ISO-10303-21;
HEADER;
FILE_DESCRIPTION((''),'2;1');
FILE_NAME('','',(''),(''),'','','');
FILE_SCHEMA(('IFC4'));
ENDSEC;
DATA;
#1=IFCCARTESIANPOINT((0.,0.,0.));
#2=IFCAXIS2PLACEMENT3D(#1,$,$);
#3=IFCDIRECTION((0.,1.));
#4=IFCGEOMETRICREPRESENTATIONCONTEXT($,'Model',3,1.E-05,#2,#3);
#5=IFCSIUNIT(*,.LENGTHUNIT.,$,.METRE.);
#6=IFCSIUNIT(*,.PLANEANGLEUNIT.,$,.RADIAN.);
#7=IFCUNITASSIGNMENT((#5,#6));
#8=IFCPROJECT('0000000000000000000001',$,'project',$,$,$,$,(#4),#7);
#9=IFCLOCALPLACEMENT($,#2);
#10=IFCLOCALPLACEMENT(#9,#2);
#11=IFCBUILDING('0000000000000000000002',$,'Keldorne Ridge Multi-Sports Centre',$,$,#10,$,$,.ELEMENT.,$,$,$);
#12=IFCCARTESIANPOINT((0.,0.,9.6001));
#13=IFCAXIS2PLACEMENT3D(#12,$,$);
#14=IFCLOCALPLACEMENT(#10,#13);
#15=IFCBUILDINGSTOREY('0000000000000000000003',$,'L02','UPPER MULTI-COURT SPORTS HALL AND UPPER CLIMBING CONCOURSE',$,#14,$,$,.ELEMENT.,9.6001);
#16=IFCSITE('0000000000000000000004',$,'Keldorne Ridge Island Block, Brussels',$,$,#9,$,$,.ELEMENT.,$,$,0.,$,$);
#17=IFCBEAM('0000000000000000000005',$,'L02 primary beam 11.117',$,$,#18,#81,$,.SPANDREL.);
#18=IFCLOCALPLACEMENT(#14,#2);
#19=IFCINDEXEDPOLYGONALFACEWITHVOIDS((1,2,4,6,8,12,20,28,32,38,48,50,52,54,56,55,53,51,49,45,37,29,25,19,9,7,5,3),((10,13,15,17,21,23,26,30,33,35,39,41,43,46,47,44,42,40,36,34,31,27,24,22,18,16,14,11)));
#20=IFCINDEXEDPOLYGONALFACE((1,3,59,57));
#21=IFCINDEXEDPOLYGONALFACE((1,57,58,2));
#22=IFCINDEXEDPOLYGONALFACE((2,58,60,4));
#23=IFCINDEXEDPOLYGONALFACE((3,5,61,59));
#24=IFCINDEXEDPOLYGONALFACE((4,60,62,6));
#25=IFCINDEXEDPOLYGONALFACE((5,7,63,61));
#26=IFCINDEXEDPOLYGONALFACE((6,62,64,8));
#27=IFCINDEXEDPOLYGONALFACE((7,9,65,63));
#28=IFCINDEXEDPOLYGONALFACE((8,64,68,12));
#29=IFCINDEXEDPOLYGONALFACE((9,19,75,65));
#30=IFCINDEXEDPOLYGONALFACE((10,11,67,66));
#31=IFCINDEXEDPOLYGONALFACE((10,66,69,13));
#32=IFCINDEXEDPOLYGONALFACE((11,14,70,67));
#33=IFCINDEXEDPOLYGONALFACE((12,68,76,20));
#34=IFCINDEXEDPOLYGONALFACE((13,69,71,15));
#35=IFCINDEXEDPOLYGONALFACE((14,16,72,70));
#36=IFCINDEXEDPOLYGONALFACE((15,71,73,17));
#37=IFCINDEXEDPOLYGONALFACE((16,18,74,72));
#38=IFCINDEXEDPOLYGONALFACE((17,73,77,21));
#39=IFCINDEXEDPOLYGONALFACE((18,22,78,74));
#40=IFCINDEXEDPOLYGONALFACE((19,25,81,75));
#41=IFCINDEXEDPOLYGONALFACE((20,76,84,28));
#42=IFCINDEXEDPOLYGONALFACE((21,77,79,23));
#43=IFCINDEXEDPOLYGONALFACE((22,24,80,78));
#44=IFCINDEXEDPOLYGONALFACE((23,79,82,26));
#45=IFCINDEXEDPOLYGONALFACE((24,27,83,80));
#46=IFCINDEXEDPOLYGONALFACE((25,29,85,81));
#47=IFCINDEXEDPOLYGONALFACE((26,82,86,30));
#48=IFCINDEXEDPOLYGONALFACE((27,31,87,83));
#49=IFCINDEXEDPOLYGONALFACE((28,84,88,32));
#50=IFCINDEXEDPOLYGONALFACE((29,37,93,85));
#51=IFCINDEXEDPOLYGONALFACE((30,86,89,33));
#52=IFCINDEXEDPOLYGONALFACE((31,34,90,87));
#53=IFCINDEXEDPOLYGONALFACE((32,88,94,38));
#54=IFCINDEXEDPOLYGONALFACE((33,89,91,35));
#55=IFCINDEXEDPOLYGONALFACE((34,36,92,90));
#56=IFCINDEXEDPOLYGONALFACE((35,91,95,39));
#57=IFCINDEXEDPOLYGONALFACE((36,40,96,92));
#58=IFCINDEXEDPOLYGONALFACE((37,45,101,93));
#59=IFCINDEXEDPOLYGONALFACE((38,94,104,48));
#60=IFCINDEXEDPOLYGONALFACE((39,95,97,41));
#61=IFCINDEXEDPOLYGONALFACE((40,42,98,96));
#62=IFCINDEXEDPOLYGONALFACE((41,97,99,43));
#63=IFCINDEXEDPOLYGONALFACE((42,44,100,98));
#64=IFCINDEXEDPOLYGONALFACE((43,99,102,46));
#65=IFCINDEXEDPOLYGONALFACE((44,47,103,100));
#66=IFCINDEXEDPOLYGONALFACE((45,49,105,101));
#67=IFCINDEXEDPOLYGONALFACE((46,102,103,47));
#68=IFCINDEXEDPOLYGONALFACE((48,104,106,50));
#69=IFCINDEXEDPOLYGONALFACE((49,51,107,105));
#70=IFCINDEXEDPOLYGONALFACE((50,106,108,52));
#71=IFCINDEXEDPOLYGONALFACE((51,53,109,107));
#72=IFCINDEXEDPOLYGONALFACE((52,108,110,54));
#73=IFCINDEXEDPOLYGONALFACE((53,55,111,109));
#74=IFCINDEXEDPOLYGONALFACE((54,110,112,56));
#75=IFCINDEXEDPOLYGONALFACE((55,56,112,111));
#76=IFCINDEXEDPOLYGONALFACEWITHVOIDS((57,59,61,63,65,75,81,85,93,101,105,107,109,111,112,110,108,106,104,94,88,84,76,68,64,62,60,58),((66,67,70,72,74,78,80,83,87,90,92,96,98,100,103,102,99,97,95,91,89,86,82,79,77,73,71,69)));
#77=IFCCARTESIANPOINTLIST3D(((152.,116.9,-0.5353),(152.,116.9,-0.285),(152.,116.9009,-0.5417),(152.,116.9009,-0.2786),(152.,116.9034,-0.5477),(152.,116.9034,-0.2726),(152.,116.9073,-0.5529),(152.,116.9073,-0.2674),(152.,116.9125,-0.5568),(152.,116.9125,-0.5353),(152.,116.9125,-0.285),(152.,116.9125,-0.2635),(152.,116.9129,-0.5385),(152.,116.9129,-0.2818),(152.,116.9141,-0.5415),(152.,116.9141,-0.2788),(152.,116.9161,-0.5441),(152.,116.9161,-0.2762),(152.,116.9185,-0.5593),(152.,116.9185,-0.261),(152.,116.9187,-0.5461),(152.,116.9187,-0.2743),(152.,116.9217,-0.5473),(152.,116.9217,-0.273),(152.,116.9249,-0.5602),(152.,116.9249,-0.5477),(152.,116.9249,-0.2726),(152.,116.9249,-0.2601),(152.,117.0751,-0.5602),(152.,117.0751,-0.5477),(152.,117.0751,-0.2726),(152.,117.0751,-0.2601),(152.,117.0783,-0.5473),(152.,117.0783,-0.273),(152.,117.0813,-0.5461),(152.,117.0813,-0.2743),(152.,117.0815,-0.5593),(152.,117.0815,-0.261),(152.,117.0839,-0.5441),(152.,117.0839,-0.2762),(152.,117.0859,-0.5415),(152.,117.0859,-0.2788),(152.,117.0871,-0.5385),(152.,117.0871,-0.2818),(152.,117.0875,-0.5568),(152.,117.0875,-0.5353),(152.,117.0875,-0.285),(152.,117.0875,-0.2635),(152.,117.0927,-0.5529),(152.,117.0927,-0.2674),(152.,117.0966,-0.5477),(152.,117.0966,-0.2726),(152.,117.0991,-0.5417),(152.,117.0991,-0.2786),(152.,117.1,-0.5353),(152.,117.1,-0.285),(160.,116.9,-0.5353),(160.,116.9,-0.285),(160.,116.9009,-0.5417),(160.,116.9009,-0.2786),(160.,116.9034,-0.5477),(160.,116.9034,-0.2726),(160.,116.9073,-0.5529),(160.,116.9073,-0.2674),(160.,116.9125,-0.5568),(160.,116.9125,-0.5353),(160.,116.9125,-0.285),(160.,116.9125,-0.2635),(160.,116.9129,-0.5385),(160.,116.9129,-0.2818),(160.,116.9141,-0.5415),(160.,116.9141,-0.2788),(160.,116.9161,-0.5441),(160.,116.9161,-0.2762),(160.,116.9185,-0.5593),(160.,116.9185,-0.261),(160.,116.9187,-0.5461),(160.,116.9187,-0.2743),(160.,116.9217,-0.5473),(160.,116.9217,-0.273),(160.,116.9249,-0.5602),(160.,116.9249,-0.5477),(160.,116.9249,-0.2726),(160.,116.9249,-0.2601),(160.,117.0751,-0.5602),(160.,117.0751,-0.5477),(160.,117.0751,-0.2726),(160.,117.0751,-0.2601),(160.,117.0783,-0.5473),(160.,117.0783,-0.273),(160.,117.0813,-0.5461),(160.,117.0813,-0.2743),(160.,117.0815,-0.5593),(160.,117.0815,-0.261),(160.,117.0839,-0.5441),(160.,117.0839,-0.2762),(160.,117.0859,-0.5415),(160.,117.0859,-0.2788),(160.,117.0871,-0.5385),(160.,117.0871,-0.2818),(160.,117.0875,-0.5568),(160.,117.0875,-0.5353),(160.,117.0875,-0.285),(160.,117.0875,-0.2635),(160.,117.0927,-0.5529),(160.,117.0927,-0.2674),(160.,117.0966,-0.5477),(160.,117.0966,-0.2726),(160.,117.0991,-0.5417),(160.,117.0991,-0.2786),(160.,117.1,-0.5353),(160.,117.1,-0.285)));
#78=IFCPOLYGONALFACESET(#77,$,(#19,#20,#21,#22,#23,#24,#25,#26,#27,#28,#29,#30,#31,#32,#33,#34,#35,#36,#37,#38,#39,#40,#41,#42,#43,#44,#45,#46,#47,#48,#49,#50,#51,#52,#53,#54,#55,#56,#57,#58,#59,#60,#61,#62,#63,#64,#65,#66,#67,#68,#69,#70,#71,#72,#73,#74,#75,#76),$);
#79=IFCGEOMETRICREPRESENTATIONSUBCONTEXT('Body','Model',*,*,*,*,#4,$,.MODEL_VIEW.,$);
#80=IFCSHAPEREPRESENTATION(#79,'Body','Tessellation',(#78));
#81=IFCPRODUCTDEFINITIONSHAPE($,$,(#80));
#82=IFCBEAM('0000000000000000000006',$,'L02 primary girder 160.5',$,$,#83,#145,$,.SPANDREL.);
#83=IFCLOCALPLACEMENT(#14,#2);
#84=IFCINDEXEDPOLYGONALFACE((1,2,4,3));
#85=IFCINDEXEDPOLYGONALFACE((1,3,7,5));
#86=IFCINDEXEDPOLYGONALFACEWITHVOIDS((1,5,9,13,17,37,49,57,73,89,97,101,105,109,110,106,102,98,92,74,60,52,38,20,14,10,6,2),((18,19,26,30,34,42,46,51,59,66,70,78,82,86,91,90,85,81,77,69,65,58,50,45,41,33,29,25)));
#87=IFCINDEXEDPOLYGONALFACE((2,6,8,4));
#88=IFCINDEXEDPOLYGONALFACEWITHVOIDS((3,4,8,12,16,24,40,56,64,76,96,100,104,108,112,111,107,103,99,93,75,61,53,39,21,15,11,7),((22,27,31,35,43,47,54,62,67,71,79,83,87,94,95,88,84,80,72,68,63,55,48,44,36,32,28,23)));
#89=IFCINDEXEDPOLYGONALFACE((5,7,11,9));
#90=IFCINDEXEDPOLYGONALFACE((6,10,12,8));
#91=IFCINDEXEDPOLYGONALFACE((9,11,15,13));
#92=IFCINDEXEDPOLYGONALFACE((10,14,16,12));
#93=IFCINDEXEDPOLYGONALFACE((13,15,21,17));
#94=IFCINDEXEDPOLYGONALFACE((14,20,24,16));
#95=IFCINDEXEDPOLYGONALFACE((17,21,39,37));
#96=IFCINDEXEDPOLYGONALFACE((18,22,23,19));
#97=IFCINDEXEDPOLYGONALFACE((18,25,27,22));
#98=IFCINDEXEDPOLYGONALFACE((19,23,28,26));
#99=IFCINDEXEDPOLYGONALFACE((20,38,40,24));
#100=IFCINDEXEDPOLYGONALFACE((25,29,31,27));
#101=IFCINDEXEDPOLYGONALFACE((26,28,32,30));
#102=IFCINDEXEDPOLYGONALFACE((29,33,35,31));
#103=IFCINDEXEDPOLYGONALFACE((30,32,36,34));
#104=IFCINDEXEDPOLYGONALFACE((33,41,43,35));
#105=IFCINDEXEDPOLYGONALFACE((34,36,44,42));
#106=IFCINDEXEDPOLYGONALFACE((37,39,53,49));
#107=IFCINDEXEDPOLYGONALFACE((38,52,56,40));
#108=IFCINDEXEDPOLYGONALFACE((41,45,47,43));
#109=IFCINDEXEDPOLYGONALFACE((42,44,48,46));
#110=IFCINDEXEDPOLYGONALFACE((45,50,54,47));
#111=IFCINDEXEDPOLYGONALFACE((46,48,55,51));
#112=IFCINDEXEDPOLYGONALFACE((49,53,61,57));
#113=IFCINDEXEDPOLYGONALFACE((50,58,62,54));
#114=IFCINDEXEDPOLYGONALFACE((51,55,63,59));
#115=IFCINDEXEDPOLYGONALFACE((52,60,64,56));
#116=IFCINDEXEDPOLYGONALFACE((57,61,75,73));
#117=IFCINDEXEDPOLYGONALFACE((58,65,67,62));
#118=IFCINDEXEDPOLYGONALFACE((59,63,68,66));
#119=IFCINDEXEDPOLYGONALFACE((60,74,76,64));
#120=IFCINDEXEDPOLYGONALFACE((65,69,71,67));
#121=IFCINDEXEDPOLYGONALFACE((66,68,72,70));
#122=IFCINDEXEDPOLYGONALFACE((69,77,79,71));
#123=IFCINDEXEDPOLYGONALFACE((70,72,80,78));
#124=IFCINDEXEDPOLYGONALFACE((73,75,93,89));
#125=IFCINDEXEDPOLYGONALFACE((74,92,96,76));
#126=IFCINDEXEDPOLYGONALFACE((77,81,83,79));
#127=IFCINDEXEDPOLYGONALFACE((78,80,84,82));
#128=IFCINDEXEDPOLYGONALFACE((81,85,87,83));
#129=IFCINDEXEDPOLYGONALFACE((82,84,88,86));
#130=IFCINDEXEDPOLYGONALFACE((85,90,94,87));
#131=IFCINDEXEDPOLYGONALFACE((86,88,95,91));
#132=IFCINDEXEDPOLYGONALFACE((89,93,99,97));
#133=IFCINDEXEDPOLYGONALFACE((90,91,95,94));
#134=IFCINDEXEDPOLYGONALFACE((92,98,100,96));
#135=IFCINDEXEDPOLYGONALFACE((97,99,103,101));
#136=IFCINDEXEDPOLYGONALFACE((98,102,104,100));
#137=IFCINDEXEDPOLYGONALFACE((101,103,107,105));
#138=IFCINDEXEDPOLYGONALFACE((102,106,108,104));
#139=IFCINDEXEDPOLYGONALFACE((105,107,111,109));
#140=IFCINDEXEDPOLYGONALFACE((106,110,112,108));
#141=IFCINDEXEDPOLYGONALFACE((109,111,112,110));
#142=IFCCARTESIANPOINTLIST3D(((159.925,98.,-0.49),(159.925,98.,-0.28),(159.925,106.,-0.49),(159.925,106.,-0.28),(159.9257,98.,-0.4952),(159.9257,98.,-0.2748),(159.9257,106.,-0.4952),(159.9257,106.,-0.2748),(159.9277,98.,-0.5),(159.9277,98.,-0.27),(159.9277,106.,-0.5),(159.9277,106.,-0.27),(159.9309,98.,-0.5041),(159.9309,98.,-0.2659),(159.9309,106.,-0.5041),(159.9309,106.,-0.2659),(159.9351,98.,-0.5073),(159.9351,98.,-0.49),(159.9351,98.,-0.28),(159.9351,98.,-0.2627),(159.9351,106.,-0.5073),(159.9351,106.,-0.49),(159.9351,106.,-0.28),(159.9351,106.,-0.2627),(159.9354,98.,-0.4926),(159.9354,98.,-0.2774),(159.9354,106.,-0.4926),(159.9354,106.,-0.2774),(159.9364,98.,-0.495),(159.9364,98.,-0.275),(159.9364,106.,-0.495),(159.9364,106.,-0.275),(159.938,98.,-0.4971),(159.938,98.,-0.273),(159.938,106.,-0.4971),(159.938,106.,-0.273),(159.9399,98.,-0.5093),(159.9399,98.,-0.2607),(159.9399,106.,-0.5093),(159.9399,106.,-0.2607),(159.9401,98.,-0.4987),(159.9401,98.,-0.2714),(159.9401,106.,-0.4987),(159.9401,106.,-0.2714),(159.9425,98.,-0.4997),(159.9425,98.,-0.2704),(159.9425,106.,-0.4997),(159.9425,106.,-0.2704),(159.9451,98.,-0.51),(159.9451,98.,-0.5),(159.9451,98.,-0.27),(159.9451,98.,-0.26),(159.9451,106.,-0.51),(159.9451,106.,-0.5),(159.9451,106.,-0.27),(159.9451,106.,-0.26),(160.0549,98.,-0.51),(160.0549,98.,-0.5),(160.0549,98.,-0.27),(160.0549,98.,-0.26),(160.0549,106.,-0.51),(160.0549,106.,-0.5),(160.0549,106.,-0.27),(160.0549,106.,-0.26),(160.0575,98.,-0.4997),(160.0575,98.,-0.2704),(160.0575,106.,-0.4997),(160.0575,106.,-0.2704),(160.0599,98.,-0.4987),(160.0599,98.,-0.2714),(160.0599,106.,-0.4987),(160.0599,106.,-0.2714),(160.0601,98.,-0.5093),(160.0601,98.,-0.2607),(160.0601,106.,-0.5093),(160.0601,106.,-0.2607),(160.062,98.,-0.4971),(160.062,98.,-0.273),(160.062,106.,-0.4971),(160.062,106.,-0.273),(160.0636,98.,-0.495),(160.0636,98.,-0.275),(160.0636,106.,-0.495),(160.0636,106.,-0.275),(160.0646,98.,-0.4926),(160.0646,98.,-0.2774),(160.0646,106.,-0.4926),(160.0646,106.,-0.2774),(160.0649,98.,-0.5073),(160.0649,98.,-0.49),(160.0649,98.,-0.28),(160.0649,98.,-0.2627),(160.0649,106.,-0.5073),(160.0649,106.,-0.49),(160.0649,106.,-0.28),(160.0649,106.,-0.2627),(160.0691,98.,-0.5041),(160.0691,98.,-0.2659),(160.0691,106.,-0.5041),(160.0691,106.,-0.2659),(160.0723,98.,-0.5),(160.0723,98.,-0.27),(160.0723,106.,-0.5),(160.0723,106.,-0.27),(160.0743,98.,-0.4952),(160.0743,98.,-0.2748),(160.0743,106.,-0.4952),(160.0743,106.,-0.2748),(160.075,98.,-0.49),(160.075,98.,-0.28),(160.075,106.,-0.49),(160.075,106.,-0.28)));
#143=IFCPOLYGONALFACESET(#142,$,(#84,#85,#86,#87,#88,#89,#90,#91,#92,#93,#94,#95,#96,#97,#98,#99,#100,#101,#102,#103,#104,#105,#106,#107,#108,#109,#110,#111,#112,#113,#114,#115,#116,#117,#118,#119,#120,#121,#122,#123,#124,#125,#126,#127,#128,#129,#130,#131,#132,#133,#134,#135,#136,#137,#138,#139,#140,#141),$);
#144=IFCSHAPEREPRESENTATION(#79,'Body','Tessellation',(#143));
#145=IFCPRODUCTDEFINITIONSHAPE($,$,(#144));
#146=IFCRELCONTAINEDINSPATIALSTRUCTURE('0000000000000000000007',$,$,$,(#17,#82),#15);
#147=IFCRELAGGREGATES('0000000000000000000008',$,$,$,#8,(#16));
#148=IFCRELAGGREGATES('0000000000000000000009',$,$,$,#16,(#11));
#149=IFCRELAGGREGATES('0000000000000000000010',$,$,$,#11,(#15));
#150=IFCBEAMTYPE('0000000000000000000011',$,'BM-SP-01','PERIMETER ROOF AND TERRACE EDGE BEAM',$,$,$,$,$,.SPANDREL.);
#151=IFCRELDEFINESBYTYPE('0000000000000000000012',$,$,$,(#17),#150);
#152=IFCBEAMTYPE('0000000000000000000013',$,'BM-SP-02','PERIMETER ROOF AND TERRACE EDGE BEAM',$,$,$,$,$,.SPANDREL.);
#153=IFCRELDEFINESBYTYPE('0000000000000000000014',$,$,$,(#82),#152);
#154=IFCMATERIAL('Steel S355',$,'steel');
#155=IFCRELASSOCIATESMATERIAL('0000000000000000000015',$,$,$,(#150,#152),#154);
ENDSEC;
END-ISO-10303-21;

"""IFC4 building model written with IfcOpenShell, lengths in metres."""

from ifc_helpers import new_model, si_unit, direction, frame, origin, origin_2d, place, context, subcontext, project, spatial, hollow_rectangle, extrude, material, material_profile, profile_set, type_object, element, save


model = new_model("IFC4")

# Units and contexts
model_context = context("Model", 3, precision=1e-05, world=origin(), true_north=direction((0.0, 1.0)))
body_context = subcontext(model_context, "Body", "Model", "MODEL_VIEW")
ifc_project = project(units=[si_unit("LENGTHUNIT", "METRE"), si_unit("PLANEANGLEUNIT", "RADIAN")], contexts=[model_context])

# Site, building, storey
site_placement = place(None, origin())
site = spatial("IfcSite", under=ifc_project, at=site_placement, Name="Keldorne Ridge Island Block, Brussels", CompositionType="ELEMENT", RefElevation=0.0)
building_placement = place(site_placement, origin())
building = spatial("IfcBuilding", under=site, at=building_placement, Name="Keldorne Ridge Multi-Sports Centre", CompositionType="ELEMENT")
storey_placement = place(building_placement, frame((0.0, 0.0, 9.6001)))
storey = spatial("IfcBuildingStorey", under=building, at=storey_placement, Name="L02", Description="UPPER MULTI-COURT SPORTS HALL AND UPPER CLIMBING CONCOURSE", CompositionType="ELEMENT", Elevation=9.6001)

# Shared definitions
ifc_material_1 = material(Name="Steel S355", Category="steel")

# Beams
ifc_material_profile_1 = material_profile(ifc_material_1, hollow_rectangle(XDim=0.2, YDim=0.3, WallThickness=0.0125, InnerFilletRadius=0.0125, OuterFilletRadius=0.0249, at=origin_2d()), Name="RHS 300x200x12.5")
ifc_profile_set_1 = profile_set([ifc_material_profile_1], Name="Steel S355")
beam_type_1 = type_object("IfcBeamType", Name="BM-SP-01", Description="PERIMETER ROOF AND TERRACE EDGE BEAM", PredefinedType="SPANDREL", material=ifc_profile_set_1)
beam_1_placement = place(storey_placement, frame((152.0, 117.0, -0.4102), z_axis=(1.0, 0.0, 0.0), x_axis=(0.0, 1.0, 0.0)))
element("IfcBeam", 1, at=beam_1_placement, inside=storey, type_object=beam_type_1, Name="L02 primary beam 11.117", PredefinedType="SPANDREL", context=body_context, shape_type="SweptSolid", body=[
    extrude(hollow_rectangle(XDim=0.2, YDim=0.3, WallThickness=0.0125, InnerFilletRadius=0.0125, OuterFilletRadius=0.0249, at=origin_2d()), origin(), (0.0, 0.0, 1.0), 8.0),
])
ifc_material_profile_2 = material_profile(ifc_material_1, hollow_rectangle(XDim=0.1499, YDim=0.25, WallThickness=0.01, InnerFilletRadius=0.01, OuterFilletRadius=0.02, at=origin_2d()), Name="RHS 250x150x10")
ifc_profile_set_2 = profile_set([ifc_material_profile_2], Name="Steel S355")
beam_type_2 = type_object("IfcBeamType", Name="BM-SP-02", Description="PERIMETER ROOF AND TERRACE EDGE BEAM", PredefinedType="SPANDREL", material=ifc_profile_set_2)
beam_2_placement = place(storey_placement, frame((160.0, 98.0, -0.385), z_axis=(0.0, 1.0, 0.0), x_axis=(-1.0, 0.0, 0.0)))
element("IfcBeam", 2, at=beam_2_placement, inside=storey, type_object=beam_type_2, Name="L02 primary girder 160.5", PredefinedType="SPANDREL", context=body_context, shape_type="SweptSolid", body=[
    extrude(hollow_rectangle(XDim=0.1499, YDim=0.25, WallThickness=0.01, InnerFilletRadius=0.01, OuterFilletRadius=0.02, at=origin_2d()), origin(), (0.0, 0.0, 1.0), 8.0),
])

save(model, "model.ifc")
